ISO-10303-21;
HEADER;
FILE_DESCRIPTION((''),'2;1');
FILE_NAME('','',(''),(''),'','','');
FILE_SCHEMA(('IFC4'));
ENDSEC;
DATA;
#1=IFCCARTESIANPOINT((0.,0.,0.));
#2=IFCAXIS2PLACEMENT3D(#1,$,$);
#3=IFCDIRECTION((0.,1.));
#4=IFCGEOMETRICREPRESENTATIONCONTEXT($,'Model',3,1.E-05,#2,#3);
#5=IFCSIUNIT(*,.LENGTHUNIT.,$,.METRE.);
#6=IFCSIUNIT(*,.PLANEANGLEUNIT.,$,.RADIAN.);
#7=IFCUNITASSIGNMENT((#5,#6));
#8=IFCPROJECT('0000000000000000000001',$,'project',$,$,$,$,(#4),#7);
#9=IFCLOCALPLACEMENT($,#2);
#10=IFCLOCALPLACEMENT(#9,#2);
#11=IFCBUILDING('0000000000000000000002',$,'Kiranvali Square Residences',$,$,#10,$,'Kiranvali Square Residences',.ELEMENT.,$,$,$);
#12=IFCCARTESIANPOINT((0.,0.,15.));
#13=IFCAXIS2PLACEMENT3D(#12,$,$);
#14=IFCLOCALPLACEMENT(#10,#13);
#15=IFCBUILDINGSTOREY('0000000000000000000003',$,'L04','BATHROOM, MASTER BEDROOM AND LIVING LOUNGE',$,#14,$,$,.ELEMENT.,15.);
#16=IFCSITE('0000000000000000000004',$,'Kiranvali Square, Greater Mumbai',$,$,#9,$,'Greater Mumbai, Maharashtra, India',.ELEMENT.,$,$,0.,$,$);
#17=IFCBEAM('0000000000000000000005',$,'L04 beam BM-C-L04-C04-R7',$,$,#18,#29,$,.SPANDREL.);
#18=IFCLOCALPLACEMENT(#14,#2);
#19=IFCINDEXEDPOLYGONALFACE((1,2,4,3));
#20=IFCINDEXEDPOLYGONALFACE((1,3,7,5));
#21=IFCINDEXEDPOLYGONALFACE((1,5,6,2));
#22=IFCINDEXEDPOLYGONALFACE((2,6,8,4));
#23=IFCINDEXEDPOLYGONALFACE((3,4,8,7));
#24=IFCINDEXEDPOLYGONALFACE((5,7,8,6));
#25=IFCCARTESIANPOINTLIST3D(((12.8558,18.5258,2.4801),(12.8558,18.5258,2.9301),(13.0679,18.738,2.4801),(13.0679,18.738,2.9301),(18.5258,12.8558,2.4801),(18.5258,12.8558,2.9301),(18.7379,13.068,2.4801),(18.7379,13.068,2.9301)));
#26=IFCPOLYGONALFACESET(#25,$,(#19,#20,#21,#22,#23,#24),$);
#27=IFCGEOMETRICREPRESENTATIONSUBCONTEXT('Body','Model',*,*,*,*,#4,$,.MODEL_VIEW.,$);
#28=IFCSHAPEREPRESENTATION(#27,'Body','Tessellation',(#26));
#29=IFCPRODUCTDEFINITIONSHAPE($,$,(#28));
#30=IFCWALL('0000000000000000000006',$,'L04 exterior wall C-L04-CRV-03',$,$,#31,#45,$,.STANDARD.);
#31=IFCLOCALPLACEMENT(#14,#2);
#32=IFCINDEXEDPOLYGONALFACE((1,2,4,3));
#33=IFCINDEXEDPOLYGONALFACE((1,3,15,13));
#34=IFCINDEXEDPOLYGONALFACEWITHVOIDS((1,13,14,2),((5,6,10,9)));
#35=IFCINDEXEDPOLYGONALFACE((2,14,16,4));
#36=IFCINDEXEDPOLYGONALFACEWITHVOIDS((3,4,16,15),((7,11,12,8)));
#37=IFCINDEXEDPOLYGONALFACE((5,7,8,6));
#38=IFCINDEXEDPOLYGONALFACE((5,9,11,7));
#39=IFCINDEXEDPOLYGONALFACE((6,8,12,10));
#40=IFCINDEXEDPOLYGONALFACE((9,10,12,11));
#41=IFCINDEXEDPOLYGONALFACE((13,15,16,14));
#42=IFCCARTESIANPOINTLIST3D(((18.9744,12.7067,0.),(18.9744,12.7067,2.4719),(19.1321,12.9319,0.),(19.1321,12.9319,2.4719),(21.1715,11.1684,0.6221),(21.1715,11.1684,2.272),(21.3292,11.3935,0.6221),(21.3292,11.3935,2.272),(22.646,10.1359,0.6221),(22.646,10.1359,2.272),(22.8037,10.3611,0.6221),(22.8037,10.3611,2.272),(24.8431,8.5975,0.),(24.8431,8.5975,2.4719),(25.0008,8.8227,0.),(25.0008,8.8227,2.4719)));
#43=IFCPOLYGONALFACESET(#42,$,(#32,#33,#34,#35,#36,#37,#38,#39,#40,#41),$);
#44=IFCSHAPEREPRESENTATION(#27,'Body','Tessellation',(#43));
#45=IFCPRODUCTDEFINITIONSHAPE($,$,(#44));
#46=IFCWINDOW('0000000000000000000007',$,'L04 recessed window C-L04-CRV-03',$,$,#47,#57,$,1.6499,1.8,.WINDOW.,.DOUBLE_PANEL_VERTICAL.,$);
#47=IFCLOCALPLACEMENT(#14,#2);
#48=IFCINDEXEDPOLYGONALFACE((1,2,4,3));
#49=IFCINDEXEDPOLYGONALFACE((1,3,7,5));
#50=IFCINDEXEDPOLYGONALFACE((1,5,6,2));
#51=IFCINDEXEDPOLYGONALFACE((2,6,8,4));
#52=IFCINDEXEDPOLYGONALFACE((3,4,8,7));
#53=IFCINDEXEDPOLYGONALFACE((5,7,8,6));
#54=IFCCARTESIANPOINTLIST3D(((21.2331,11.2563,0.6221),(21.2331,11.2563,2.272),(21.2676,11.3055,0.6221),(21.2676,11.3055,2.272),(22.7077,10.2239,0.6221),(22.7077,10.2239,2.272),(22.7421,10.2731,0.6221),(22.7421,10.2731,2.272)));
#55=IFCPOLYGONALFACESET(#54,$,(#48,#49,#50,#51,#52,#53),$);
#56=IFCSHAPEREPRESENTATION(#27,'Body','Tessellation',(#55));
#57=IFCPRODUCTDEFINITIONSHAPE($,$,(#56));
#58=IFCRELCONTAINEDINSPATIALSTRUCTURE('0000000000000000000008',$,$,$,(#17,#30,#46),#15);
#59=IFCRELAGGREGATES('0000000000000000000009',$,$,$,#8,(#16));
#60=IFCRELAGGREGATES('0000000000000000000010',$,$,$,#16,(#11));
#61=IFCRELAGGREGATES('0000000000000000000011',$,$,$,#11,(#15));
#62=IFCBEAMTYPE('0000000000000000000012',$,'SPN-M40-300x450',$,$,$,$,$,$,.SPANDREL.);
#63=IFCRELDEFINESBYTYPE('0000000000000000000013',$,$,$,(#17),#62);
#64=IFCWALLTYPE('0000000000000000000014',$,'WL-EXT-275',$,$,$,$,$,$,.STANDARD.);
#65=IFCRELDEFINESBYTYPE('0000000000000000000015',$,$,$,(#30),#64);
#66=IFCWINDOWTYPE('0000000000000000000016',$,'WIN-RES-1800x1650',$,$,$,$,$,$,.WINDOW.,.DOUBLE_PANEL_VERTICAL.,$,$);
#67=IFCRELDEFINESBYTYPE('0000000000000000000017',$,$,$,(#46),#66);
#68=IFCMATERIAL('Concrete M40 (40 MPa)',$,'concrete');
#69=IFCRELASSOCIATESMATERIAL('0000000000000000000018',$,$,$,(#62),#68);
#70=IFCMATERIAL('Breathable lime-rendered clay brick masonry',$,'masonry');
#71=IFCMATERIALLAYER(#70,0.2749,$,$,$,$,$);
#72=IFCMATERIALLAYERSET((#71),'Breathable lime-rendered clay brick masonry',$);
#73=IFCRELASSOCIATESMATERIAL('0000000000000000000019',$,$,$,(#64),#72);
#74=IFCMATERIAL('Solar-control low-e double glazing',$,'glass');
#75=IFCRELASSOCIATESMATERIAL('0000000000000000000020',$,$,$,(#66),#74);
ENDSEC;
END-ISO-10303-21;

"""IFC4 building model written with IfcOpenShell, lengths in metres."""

from ifc_helpers import new_model, si_unit, direction, frame, frame_2d, origin, origin_2d, place, context, subcontext, project, spatial, rectangle, extrude, material, layer, layer_set, material_profile, profile_set, type_object, element, fill, save


model = new_model("IFC4")

# Units and contexts
model_context = context("Model", 3, precision=1e-05, world=origin(), true_north=direction((0.0, 1.0)))
body_context = subcontext(model_context, "Body", "Model", "MODEL_VIEW")
ifc_project = project(units=[si_unit("LENGTHUNIT", "METRE"), si_unit("PLANEANGLEUNIT", "RADIAN")], contexts=[model_context])

# Site, building, storey
site_placement = place(None, origin())
site = spatial("IfcSite", under=ifc_project, at=site_placement, Name="Kiranvali Square, Greater Mumbai", LongName="Greater Mumbai, Maharashtra, India", CompositionType="ELEMENT", RefElevation=0.0)
building_placement = place(site_placement, origin())
building = spatial("IfcBuilding", under=site, at=building_placement, Name="Kiranvali Square Residences", LongName="Kiranvali Square Residences", CompositionType="ELEMENT")
storey_placement = place(building_placement, frame((0.0, 0.0, 15.0)))
storey = spatial("IfcBuildingStorey", under=building, at=storey_placement, Name="L04", Description="BATHROOM, MASTER BEDROOM AND LIVING LOUNGE", CompositionType="ELEMENT", Elevation=15.0)

# Beam
ifc_material_1 = material(Name="Concrete M40 (40 MPa)", Category="concrete")
ifc_material_profile_1 = material_profile(ifc_material_1, rectangle(XDim=0.3, YDim=0.45, at=origin_2d()), Name="RC 300x450")
ifc_profile_set_1 = profile_set([ifc_material_profile_1], Name="Concrete M40 (40 MPa)")
beam_type_1 = type_object("IfcBeamType", Name="SPN-M40-300x450", PredefinedType="SPANDREL", material=ifc_profile_set_1)
beam_1_placement = place(storey_placement, frame((18.6318, 12.9619, 2.7051), z_axis=(-0.707107, 0.707107, 0.0), x_axis=(-0.707107, -0.707107, 0.0)))
element("IfcBeam", 1, at=beam_1_placement, inside=storey, type_object=beam_type_1, Name="L04 beam BM-C-L04-C04-R7", PredefinedType="SPANDREL", context=body_context, shape_type="SweptSolid", body=[
    extrude(rectangle(XDim=0.3, YDim=0.45, at=origin_2d()), origin(), (0.0, 0.0, 1.0), 8.0186),
])

# Wall, opening, window
ifc_material_2 = material(Name="Breathable lime-rendered clay brick masonry", Category="masonry")
ifc_layer = layer(ifc_material_2, 0.2749)
ifc_layer_set = layer_set([ifc_layer], Name="Breathable lime-rendered clay brick masonry")
wall_type = type_object("IfcWallType", Name="WL-EXT-275", PredefinedType="STANDARD", material=ifc_layer_set)
wall_1_placement = place(storey_placement, frame((24.9219, 8.7102, 0.0), z_axis=(0.0, 0.0, 1.0), x_axis=(-0.819161, 0.573563, 0.0)))
wall_1 = element("IfcWall", 2, at=wall_1_placement, inside=storey, type_object=wall_type, Name="L04 exterior wall C-L04-CRV-03", PredefinedType="STANDARD", context=body_context, shape_type="SweptSolid", body=[
    extrude(rectangle(XDim=7.1643, YDim=0.2749, at=frame_2d((3.582, 0.0))), origin(), (0.0, 0.0, 1.0), 2.4719),
])
opening_1_placement = place(wall_1_placement, frame((2.6821, 0.0, 0.6221)))
opening_1 = element("IfcOpeningElement", 3, at=opening_1_placement, cuts=wall_1, PredefinedType="OPENING", context=body_context, shape_type="SweptSolid", body=[
    extrude(rectangle(XDim=1.8, YDim=1.6499, at=frame_2d((0.8999, 0.825))), frame((0.0, 0.1475, 0.0), z_axis=(0.0, -1.0, 0.0), x_axis=(1.0, 0.0, 0.0)), (0.0, 0.0, 1.0), 0.2949),
])
ifc_material_3 = material(Name="Solar-control low-e double glazing", Category="glass")
window_type_1 = type_object("IfcWindowType", Name="WIN-RES-1800x1650", PartitioningType="DOUBLE_PANEL_VERTICAL", PredefinedType="WINDOW", material=ifc_material_3)
window_1_placement = place(opening_1_placement, origin())
window_1 = element("IfcWindow", 4, at=window_1_placement, inside=storey, type_object=window_type_1, Name="L04 recessed window C-L04-CRV-03", OverallHeight=1.6499, OverallWidth=1.8, PartitioningType="DOUBLE_PANEL_VERTICAL", PredefinedType="WINDOW", context=body_context, shape_type="SweptSolid", body=[
    extrude(rectangle(XDim=1.8, YDim=1.6499, at=frame_2d((0.8999, 0.825))), frame((0.0, 0.03, 0.0), z_axis=(0.0, -1.0, 0.0), x_axis=(1.0, 0.0, 0.0)), (0.0, 0.0, 1.0), 0.0601),
])
fill(opening_1, window_1)

save(model, "model.ifc")
